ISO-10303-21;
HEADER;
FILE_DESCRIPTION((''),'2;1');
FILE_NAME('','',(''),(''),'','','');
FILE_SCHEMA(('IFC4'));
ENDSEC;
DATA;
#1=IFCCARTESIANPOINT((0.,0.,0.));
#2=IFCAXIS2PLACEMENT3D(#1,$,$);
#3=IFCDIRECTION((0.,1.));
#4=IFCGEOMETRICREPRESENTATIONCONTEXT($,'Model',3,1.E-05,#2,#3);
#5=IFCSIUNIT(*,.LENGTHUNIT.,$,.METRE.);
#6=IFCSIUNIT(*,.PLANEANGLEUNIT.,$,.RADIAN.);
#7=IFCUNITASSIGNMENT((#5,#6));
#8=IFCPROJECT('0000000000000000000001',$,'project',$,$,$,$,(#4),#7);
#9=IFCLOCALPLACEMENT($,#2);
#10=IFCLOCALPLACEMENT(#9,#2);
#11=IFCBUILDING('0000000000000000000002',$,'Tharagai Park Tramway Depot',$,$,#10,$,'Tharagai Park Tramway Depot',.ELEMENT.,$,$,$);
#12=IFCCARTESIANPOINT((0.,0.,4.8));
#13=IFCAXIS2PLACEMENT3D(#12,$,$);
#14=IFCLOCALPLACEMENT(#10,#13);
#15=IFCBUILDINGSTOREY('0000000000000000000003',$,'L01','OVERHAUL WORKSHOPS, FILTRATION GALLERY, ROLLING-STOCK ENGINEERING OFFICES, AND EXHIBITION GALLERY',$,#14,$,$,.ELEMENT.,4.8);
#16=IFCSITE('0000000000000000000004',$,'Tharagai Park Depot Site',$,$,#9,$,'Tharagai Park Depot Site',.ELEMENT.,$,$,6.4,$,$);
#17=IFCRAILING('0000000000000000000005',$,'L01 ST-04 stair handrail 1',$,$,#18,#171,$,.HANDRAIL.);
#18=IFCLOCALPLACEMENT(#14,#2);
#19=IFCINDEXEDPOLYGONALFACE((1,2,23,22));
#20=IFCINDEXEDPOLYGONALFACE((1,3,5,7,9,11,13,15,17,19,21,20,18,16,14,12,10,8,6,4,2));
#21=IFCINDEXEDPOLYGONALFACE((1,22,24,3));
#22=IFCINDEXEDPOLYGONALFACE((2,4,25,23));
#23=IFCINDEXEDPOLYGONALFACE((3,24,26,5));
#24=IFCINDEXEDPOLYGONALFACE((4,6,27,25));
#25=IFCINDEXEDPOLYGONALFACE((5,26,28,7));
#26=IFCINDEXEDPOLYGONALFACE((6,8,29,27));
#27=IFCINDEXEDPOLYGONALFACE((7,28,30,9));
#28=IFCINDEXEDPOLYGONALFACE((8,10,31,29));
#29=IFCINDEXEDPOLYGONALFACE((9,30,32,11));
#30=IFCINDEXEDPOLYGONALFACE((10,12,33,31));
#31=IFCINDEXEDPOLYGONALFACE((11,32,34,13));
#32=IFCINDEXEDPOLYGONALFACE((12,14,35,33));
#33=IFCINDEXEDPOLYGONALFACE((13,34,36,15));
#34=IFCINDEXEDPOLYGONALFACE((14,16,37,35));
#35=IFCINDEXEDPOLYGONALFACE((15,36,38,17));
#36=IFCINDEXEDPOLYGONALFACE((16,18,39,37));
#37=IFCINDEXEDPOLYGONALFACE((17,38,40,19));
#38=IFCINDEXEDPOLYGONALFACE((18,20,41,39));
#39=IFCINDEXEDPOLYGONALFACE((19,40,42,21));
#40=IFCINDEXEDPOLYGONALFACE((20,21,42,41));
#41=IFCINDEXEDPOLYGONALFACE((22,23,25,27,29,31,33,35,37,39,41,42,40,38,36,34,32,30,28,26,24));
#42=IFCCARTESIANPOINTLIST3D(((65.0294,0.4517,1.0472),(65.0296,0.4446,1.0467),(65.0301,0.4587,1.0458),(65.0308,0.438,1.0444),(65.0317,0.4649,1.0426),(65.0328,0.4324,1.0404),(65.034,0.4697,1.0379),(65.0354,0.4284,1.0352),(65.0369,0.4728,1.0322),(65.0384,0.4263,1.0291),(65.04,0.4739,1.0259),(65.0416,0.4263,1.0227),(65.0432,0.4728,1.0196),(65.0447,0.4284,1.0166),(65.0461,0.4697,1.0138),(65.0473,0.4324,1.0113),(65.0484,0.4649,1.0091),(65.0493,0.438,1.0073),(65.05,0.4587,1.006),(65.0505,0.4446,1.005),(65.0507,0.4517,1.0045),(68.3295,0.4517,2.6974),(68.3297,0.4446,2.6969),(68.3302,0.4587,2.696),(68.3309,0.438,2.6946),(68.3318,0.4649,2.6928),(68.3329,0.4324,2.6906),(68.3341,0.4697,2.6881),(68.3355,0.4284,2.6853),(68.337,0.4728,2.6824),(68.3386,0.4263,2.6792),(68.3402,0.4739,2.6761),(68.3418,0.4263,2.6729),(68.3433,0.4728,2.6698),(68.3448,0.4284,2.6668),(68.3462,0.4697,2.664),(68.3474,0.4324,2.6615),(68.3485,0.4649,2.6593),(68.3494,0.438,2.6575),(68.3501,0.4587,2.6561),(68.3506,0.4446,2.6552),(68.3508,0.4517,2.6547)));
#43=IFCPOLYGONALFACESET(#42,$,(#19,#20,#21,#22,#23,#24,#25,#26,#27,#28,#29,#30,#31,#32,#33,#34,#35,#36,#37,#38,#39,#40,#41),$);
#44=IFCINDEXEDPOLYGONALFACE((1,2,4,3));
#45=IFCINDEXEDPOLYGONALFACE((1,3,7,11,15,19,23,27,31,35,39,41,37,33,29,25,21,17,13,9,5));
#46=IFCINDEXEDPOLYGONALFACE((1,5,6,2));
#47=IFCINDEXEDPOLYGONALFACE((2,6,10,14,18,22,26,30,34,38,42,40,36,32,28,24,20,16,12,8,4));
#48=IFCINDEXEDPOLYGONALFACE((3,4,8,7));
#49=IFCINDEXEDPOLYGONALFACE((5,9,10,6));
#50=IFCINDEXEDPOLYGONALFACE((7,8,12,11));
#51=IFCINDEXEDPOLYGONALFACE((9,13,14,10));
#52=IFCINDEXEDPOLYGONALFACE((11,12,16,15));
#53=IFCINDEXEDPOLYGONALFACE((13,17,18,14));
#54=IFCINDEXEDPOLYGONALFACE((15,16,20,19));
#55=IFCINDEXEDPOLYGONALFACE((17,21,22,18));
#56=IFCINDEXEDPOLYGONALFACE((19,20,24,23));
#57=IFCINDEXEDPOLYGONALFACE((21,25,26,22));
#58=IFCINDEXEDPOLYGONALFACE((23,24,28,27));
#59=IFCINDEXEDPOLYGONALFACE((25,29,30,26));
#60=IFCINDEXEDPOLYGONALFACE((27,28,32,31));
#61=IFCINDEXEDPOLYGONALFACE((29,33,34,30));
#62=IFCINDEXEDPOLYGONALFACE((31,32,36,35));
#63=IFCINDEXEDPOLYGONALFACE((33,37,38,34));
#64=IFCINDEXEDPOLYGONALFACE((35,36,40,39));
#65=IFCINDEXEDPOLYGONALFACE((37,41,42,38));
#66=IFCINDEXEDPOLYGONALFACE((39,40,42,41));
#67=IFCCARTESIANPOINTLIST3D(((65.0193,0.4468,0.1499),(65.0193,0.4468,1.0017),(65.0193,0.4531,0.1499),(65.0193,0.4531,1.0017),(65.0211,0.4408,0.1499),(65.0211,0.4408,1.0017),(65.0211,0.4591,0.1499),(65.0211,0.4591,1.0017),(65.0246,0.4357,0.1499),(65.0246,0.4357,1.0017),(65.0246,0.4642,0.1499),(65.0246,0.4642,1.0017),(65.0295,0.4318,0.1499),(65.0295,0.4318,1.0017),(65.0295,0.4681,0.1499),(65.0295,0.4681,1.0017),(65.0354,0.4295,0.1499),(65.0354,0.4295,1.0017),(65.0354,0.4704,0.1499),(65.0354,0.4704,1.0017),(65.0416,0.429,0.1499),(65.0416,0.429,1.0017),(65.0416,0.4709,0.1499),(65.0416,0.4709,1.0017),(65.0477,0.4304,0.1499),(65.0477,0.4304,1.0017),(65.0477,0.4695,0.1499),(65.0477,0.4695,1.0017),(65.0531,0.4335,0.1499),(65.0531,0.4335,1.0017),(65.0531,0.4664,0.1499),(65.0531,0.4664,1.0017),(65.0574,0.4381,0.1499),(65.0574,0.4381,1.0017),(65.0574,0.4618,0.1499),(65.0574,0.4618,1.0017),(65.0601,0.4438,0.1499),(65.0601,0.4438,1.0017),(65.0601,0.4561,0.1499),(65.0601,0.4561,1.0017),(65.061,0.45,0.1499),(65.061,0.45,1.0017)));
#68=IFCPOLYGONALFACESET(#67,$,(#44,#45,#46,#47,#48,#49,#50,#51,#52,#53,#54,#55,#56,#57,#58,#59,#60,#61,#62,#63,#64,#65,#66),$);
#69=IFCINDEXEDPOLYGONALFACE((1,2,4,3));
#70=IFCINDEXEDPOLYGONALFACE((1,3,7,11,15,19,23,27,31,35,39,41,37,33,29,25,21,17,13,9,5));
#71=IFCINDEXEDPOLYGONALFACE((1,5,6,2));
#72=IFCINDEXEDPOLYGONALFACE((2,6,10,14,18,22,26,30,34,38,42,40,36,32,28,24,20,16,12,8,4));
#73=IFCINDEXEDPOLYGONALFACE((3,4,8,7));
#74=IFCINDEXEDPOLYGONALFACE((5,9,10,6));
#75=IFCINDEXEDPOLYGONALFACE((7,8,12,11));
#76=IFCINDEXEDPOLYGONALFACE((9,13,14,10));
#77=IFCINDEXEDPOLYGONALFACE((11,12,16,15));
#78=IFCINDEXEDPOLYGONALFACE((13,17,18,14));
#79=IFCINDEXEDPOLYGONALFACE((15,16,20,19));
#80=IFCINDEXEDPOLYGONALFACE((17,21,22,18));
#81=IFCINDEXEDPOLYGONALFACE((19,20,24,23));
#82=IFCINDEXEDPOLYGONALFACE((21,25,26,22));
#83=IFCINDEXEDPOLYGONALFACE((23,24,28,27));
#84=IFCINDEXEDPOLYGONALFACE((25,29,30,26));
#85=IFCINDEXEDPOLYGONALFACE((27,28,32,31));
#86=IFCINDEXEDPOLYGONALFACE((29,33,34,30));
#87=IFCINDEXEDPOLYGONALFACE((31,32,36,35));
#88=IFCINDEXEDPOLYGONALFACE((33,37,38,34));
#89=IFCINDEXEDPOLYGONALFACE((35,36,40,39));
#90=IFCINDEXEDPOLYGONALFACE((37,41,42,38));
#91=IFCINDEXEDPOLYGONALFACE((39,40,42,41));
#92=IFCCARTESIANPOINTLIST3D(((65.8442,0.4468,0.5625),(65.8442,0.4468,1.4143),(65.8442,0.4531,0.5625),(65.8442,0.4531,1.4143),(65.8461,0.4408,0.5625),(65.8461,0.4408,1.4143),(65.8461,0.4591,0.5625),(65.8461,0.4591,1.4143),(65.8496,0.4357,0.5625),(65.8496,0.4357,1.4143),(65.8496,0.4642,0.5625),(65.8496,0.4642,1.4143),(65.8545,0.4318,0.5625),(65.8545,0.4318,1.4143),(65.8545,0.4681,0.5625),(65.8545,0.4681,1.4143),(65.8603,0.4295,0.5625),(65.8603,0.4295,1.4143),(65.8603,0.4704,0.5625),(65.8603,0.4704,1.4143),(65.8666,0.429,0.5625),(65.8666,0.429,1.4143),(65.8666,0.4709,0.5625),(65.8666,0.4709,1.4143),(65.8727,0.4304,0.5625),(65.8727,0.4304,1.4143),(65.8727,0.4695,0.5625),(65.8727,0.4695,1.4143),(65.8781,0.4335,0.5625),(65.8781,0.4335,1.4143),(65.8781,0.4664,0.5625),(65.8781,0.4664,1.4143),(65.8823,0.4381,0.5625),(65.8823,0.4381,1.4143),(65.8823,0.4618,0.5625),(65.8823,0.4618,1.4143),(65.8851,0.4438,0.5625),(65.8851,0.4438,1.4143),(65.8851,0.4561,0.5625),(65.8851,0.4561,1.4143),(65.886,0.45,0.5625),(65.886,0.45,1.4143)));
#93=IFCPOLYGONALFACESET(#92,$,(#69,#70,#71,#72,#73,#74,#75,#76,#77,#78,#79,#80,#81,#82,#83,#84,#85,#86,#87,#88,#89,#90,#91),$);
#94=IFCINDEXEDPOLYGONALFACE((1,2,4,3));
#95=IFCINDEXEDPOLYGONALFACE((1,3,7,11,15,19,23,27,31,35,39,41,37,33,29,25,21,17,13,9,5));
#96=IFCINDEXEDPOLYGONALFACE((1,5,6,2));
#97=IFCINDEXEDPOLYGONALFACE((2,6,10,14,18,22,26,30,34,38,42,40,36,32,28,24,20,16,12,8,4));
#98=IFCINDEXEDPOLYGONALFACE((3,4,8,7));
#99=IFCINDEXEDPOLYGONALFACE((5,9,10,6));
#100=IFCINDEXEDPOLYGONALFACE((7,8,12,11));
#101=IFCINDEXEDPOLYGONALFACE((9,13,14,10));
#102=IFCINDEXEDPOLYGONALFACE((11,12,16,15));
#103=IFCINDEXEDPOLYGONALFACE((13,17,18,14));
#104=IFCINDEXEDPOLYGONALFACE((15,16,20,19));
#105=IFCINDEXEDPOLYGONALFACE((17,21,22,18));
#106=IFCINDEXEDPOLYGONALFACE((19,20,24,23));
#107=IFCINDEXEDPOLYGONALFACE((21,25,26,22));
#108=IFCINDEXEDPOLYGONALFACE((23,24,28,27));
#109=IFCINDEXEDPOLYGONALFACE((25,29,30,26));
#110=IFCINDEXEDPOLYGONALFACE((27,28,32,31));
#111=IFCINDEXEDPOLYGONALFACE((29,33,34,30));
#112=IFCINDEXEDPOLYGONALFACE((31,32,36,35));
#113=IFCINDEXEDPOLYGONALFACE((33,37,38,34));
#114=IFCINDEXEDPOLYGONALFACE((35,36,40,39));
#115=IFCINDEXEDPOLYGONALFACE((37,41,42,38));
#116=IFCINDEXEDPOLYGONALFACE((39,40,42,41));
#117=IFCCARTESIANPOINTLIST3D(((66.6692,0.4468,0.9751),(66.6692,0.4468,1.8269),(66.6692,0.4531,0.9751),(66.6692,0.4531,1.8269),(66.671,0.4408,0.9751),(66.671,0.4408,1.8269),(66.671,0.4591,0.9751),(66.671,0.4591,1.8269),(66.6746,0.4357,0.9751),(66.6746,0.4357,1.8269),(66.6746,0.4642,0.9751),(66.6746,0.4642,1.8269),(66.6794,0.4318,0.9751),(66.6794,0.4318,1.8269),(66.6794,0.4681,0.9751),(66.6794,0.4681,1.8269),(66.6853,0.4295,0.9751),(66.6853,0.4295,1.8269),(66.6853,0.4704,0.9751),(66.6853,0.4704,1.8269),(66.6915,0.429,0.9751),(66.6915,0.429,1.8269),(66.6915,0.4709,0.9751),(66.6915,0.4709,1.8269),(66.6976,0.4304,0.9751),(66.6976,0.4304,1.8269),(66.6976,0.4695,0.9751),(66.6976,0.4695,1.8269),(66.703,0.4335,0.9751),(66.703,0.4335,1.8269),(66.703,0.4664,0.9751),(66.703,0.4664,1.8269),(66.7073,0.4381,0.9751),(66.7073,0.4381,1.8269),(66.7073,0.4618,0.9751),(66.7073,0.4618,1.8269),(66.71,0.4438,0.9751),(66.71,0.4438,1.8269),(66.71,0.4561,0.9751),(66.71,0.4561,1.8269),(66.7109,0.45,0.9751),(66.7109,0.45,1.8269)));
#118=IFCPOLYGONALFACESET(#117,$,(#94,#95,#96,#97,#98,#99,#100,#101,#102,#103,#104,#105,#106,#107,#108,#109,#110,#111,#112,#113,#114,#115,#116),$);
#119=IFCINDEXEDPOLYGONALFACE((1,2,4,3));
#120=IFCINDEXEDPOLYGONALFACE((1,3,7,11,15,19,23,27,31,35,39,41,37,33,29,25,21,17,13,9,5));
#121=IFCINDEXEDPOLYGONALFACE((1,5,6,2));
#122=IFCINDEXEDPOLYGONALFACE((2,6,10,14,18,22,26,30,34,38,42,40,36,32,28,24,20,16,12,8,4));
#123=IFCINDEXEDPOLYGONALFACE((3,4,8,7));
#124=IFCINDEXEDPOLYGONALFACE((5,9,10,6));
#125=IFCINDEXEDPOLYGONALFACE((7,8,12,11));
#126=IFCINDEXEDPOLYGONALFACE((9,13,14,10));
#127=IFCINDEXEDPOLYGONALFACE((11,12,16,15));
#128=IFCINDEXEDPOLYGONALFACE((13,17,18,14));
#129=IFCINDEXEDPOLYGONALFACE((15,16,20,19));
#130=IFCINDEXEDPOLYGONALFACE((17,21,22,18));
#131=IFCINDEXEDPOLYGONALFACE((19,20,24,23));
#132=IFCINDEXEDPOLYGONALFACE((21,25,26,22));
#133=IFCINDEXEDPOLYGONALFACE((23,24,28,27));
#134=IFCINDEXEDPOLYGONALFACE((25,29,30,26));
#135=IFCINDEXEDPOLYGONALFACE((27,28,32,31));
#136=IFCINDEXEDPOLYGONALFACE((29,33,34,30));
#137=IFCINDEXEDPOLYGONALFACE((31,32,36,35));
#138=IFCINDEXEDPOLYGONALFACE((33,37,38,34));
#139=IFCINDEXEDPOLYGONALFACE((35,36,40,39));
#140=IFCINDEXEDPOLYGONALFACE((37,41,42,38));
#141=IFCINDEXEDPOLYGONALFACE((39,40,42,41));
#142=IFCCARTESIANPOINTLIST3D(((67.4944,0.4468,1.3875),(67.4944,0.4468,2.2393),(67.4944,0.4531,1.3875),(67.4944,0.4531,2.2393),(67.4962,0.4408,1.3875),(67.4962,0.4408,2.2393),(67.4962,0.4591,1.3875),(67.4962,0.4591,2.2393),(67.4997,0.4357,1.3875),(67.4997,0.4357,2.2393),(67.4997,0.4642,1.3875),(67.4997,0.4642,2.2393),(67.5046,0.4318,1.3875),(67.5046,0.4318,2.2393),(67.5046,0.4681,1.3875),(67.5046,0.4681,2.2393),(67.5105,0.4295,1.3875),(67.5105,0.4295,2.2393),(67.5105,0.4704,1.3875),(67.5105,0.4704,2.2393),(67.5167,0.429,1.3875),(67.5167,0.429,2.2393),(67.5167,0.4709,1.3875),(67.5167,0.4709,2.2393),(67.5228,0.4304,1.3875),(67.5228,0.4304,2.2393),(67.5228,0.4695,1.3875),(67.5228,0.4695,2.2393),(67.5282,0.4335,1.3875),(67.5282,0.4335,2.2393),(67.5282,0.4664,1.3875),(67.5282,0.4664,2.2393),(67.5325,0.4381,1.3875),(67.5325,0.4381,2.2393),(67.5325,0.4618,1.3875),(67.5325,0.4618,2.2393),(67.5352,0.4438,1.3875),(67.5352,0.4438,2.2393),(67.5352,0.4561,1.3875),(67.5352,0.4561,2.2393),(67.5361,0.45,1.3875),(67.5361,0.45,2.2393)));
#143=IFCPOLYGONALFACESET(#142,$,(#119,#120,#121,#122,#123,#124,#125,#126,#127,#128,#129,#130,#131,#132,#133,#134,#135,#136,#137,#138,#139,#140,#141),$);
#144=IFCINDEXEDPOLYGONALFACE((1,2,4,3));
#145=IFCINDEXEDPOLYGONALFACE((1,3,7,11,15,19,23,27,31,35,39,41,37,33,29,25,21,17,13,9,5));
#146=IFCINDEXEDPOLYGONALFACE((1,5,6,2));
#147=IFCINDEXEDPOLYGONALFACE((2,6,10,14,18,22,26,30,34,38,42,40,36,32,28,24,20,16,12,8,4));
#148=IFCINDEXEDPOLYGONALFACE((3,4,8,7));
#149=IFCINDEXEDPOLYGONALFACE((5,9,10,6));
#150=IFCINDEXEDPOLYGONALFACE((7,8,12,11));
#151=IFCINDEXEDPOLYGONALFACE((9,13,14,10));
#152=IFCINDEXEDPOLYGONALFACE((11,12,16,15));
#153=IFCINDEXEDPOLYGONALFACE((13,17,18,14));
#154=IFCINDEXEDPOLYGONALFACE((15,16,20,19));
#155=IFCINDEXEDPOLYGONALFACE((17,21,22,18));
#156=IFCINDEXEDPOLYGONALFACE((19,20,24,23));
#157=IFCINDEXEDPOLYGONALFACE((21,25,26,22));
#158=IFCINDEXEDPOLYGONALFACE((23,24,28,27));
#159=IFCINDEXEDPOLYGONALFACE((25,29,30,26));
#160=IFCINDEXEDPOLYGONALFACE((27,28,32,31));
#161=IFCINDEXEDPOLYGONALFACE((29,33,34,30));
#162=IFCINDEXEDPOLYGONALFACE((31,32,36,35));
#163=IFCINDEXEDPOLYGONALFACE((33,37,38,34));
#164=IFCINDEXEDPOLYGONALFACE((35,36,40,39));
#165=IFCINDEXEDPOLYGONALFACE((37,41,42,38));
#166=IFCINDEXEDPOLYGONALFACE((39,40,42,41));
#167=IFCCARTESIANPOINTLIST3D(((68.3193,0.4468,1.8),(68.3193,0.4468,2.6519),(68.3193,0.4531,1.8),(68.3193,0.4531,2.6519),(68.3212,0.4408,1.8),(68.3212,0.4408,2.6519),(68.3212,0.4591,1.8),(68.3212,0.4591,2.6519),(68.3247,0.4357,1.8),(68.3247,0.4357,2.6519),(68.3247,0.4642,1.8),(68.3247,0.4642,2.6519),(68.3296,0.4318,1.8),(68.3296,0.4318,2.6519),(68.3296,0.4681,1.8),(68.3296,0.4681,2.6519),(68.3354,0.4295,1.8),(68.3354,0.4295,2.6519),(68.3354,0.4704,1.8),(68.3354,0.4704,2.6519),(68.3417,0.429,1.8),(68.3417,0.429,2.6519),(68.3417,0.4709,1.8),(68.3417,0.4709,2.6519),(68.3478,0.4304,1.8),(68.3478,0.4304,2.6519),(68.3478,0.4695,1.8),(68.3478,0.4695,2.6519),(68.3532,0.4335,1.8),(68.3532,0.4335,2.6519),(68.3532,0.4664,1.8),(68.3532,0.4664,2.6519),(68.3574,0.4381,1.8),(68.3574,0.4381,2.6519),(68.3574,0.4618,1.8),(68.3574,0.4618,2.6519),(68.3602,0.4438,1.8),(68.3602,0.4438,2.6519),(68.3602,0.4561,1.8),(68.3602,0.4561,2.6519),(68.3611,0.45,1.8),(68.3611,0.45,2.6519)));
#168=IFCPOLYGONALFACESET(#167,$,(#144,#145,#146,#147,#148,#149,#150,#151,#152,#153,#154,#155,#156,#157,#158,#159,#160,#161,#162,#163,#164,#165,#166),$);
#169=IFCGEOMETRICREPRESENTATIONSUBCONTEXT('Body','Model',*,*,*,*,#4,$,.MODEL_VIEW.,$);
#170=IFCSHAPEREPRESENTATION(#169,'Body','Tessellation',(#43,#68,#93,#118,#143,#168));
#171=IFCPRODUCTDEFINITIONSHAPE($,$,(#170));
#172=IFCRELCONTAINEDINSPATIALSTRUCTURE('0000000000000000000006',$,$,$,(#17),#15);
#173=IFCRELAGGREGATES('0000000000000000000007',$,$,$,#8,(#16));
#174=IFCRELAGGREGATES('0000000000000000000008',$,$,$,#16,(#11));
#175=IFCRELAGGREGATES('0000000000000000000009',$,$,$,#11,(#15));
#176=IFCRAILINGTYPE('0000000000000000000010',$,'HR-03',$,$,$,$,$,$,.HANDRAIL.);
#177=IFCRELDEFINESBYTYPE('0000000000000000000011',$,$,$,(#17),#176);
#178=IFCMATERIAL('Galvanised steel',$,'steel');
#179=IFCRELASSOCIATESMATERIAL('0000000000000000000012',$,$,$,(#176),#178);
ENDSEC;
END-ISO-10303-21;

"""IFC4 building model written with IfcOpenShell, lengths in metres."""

from ifc_helpers import new_model, si_unit, direction, frame, origin, origin_2d, place, context, subcontext, project, spatial, circle, extrude, material, type_object, element, save


model = new_model("IFC4")

# Units and contexts
model_context = context("Model", 3, precision=1e-05, world=origin(), true_north=direction((0.0, 1.0)))
body_context = subcontext(model_context, "Body", "Model", "MODEL_VIEW")
ifc_project = project(units=[si_unit("LENGTHUNIT", "METRE"), si_unit("PLANEANGLEUNIT", "RADIAN")], contexts=[model_context])

# Site, building, storey
site_placement = place(None, origin())
site = spatial("IfcSite", under=ifc_project, at=site_placement, Name="Tharagai Park Depot Site", LongName="Tharagai Park Depot Site", CompositionType="ELEMENT", RefElevation=6.4)
building_placement = place(site_placement, origin())
building = spatial("IfcBuilding", under=site, at=building_placement, Name="Tharagai Park Tramway Depot", LongName="Tharagai Park Tramway Depot", CompositionType="ELEMENT")
storey_placement = place(building_placement, frame((0.0, 0.0, 4.8)))
storey = spatial("IfcBuildingStorey", under=building, at=storey_placement, Name="L01", Description="OVERHAUL WORKSHOPS, FILTRATION GALLERY, ROLLING-STOCK ENGINEERING OFFICES, AND EXHIBITION GALLERY", CompositionType="ELEMENT", Elevation=4.8)

# Railing
ifc_material_1 = material(Name="Galvanised steel", Category="steel")
railing_type_1 = type_object("IfcRailingType", Name="HR-03", PredefinedType="HANDRAIL", material=ifc_material_1)
railing_1_placement = place(storey_placement, frame((65.04, 0.45, 0.1499)))
element("IfcRailing", 1, at=railing_1_placement, inside=storey, type_object=railing_type_1, Name="L01 ST-04 stair handrail 1", PredefinedType="HANDRAIL", context=body_context, shape_type="SweptSolid", body=[
    extrude(circle(Radius=0.0239, at=origin_2d()), frame((0.0, 0.0, 0.876), z_axis=(0.894414, 0.0, 0.44724), x_axis=(0.0, 1.0, 0.0)), (0.0, 0.0, 1.0), 3.6897),
    extrude(circle(Radius=0.021, at=origin_2d()), origin(), (0.0, 0.0, 1.0), 0.8518),
    extrude(circle(Radius=0.021, at=origin_2d()), frame((0.825, 0.0, 0.4126)), (0.0, 0.0, 1.0), 0.8518),
    extrude(circle(Radius=0.021, at=origin_2d()), frame((1.6499, 0.0, 0.8252)), (0.0, 0.0, 1.0), 0.8518),
    extrude(circle(Radius=0.021, at=origin_2d()), frame((2.4751, 0.0, 1.2375)), (0.0, 0.0, 1.0), 0.8518),
    extrude(circle(Radius=0.021, at=origin_2d()), frame((3.3, 0.0, 1.6501)), (0.0, 0.0, 1.0), 0.8518),
])

save(model, "model.ifc")
